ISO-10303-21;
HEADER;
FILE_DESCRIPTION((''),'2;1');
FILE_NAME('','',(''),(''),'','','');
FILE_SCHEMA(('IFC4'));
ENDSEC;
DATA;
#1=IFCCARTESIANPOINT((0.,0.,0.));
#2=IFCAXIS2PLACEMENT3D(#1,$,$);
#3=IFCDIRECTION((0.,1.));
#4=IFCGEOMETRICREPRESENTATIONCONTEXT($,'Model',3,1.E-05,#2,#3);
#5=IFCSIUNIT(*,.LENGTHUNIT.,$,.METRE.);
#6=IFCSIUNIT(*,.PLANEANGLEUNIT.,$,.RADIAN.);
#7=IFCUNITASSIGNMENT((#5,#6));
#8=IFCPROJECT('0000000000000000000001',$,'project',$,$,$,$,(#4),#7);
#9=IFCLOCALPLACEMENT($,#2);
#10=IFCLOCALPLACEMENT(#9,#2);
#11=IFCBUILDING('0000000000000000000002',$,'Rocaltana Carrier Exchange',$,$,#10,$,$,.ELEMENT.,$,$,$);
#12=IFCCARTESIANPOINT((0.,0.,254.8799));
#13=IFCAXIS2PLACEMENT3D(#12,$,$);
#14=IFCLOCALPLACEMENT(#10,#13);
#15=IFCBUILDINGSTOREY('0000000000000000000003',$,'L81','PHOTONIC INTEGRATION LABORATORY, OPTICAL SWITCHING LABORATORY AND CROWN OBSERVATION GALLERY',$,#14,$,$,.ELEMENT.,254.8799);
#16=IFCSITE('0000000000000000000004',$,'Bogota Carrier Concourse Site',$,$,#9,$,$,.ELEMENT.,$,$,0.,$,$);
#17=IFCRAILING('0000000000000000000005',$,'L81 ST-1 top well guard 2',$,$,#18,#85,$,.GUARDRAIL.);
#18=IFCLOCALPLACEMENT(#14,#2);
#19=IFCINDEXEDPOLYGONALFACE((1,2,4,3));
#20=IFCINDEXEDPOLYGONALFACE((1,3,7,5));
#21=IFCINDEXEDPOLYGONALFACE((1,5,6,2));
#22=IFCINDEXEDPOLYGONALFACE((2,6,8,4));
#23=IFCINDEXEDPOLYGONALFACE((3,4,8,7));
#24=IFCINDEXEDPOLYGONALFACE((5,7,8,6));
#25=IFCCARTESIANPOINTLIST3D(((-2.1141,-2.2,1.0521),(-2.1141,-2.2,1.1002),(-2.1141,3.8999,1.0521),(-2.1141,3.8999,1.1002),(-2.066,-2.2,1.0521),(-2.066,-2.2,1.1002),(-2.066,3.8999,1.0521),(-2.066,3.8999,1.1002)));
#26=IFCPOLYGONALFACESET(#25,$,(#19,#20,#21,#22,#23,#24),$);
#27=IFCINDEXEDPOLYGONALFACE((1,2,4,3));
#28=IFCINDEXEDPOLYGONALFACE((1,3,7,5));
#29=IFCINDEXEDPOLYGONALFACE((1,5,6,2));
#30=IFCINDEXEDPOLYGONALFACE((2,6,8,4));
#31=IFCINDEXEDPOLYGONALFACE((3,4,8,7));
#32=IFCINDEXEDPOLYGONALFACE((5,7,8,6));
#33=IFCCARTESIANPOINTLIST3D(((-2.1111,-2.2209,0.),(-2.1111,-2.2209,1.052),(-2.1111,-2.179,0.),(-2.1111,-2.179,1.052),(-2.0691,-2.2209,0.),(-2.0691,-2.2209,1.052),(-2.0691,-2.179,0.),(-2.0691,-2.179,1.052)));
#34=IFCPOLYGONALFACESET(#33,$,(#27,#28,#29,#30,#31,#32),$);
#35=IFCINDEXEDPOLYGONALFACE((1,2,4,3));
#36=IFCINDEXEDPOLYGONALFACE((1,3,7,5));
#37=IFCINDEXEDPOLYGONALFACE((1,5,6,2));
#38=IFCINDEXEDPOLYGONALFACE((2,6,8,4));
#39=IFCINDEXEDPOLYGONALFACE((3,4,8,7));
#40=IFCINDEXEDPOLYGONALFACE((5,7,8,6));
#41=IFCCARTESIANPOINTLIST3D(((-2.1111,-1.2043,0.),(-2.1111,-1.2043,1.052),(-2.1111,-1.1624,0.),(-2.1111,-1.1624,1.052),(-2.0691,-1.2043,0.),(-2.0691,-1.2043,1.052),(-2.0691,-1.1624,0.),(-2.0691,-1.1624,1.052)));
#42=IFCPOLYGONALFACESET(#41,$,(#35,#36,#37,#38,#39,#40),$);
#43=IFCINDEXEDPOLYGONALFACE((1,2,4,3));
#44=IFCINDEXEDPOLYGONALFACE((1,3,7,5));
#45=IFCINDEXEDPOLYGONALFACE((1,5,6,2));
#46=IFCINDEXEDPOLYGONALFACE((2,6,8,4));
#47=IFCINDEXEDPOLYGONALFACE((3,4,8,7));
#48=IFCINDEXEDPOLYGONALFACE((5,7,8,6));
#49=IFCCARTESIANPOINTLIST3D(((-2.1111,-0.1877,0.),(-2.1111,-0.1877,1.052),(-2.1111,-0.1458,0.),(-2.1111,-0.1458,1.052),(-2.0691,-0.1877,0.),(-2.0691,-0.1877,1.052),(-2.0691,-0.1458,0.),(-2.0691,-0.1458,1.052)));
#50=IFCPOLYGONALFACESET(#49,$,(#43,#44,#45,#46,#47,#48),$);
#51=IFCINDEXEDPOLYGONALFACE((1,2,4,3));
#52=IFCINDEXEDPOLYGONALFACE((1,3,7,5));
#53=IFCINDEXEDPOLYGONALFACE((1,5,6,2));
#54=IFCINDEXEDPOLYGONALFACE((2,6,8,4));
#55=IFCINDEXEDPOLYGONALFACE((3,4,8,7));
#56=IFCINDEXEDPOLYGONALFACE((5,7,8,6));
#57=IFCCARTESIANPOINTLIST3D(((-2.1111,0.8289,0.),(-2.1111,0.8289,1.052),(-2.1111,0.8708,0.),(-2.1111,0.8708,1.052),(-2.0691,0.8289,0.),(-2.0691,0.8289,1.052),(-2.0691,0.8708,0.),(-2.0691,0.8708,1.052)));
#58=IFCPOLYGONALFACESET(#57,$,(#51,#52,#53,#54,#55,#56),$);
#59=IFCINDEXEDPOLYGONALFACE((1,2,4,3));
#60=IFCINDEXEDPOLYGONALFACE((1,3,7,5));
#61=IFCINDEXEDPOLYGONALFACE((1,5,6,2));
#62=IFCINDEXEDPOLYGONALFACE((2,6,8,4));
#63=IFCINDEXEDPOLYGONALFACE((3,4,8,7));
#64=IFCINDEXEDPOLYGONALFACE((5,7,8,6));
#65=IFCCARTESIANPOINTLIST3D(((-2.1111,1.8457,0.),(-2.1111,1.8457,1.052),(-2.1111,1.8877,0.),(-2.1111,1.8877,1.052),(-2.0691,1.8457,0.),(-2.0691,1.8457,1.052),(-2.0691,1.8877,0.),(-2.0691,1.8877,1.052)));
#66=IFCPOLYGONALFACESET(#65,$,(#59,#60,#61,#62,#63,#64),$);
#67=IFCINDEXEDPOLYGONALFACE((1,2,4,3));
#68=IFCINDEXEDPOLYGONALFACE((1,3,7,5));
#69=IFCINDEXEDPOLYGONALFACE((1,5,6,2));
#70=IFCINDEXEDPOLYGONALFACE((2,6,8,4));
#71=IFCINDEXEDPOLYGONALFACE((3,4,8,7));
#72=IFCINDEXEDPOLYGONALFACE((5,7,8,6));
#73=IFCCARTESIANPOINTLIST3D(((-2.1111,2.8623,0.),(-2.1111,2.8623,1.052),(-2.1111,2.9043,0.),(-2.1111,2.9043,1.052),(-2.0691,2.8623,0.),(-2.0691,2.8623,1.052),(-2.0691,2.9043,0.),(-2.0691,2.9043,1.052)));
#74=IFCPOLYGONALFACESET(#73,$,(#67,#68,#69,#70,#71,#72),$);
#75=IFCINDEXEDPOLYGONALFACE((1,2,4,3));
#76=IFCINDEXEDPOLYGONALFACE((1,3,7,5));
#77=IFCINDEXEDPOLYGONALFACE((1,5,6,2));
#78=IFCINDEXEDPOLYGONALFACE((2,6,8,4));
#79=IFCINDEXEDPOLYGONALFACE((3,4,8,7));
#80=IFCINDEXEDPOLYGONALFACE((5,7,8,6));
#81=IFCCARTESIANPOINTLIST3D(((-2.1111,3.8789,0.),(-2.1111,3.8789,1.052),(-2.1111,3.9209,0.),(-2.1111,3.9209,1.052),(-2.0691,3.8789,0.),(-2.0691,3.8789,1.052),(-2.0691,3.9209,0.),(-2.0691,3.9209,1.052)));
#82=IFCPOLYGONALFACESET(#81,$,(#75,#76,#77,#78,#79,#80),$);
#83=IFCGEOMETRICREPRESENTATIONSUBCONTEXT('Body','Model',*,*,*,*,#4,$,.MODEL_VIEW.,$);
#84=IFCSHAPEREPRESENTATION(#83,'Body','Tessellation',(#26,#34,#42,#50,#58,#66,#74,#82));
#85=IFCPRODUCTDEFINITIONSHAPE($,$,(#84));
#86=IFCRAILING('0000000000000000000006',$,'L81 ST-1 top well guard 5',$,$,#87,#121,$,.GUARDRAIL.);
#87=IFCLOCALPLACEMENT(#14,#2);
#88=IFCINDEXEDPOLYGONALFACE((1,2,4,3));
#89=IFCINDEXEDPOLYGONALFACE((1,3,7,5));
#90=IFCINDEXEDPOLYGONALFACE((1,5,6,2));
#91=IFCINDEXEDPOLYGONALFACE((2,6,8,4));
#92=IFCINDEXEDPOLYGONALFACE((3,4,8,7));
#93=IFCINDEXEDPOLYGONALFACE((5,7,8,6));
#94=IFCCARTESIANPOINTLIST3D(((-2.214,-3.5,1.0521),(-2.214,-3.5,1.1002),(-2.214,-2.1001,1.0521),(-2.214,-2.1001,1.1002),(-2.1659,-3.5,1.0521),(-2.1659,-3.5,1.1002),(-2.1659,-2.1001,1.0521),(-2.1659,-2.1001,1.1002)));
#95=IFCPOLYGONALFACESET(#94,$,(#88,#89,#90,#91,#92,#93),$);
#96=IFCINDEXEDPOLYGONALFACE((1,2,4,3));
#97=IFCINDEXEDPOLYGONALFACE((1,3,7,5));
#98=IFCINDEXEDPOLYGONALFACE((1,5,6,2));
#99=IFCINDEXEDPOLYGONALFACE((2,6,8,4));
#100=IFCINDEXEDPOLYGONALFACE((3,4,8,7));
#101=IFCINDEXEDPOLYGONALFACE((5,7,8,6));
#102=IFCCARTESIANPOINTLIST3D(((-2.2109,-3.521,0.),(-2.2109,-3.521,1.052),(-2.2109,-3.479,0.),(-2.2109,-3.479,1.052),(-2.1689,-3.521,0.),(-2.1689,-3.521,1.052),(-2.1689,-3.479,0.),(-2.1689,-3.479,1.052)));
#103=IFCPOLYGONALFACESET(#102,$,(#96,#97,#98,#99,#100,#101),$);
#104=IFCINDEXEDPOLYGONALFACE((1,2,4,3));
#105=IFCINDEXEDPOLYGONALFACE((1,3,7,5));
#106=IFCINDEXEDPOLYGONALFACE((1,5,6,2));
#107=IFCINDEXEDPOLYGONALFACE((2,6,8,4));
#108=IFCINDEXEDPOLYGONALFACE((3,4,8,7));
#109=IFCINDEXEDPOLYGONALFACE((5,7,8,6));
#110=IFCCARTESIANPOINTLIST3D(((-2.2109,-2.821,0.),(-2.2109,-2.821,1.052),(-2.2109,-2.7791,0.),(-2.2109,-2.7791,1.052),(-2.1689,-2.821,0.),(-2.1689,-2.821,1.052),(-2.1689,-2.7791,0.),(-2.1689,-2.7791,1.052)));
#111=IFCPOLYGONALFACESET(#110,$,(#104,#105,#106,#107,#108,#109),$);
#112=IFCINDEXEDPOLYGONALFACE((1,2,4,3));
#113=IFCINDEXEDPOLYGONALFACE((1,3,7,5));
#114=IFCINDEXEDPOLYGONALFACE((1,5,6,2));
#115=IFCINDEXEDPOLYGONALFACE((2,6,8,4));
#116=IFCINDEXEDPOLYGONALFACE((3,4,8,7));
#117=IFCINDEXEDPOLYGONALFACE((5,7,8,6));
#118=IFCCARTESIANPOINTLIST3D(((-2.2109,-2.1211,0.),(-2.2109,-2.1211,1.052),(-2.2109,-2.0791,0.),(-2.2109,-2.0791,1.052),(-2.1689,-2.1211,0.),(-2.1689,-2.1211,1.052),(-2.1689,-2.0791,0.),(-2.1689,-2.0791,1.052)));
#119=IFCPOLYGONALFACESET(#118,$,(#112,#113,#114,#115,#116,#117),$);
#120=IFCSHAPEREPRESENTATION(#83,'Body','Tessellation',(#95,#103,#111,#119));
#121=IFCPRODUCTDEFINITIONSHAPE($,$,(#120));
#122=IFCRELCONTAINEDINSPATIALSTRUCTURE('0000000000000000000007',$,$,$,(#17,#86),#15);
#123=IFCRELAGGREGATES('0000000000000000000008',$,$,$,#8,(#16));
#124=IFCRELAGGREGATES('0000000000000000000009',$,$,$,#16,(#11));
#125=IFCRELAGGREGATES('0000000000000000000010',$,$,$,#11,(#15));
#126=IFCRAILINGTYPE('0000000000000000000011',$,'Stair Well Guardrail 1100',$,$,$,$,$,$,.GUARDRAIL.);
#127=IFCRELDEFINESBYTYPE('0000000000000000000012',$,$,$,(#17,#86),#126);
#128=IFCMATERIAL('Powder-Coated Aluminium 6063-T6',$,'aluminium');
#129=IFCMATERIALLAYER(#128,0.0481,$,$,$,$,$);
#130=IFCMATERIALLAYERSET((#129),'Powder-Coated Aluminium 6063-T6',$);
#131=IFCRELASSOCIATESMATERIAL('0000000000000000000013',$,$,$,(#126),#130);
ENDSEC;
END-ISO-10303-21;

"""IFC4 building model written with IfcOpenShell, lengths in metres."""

from ifc_helpers import new_model, si_unit, direction, frame, origin, origin_2d, place, context, subcontext, project, spatial, rectangle, extrude, material, layer, layer_set, type_object, element, save


model = new_model("IFC4")

# Units and contexts
model_context = context("Model", 3, precision=1e-05, world=origin(), true_north=direction((0.0, 1.0)))
body_context = subcontext(model_context, "Body", "Model", "MODEL_VIEW")
ifc_project = project(units=[si_unit("LENGTHUNIT", "METRE"), si_unit("PLANEANGLEUNIT", "RADIAN")], contexts=[model_context])

# Site, building, storey
site_placement = place(None, origin())
site = spatial("IfcSite", under=ifc_project, at=site_placement, Name="Bogota Carrier Concourse Site", CompositionType="ELEMENT", RefElevation=0.0)
building_placement = place(site_placement, origin())
building = spatial("IfcBuilding", under=site, at=building_placement, Name="Rocaltana Carrier Exchange", CompositionType="ELEMENT")
storey_placement = place(building_placement, frame((0.0, 0.0, 254.8799)))
storey = spatial("IfcBuildingStorey", under=building, at=storey_placement, Name="L81", Description="PHOTONIC INTEGRATION LABORATORY, OPTICAL SWITCHING LABORATORY AND CROWN OBSERVATION GALLERY", CompositionType="ELEMENT", Elevation=254.8799)

# Railings
ifc_material_1 = material(Name="Powder-Coated Aluminium 6063-T6", Category="aluminium")
ifc_layer_1 = layer(ifc_material_1, 0.0481)
ifc_layer_set_1 = layer_set([ifc_layer_1], Name="Powder-Coated Aluminium 6063-T6")
railing_type = type_object("IfcRailingType", Name="Stair Well Guardrail 1100", PredefinedType="GUARDRAIL", material=ifc_layer_set_1)
railing_1_placement = place(storey_placement, frame((-2.0901, -2.2, 0.0)))
element("IfcRailing", 1, at=railing_1_placement, inside=storey, type_object=railing_type, Name="L81 ST-1 top well guard 2", PredefinedType="GUARDRAIL", context=body_context, shape_type="SweptSolid", body=[
    extrude(rectangle(XDim=0.0481, YDim=0.0481, at=origin_2d()), frame((0.0, 0.0, 1.0762), z_axis=(0.0, 1.0, 0.0), x_axis=(-1.0, 0.0, 0.0)), (0.0, 0.0, 1.0), 6.0999),
    extrude(rectangle(XDim=0.042, YDim=0.042, at=origin_2d()), origin(), (0.0, 0.0, 1.0), 1.052),
    extrude(rectangle(XDim=0.042, YDim=0.042, at=origin_2d()), frame((0.0, 1.0166, 0.0)), (0.0, 0.0, 1.0), 1.052),
    extrude(rectangle(XDim=0.042, YDim=0.042, at=origin_2d()), frame((0.0, 2.0332, 0.0)), (0.0, 0.0, 1.0), 1.052),
    extrude(rectangle(XDim=0.042, YDim=0.042, at=origin_2d()), frame((0.0, 3.0498, 0.0)), (0.0, 0.0, 1.0), 1.052),
    extrude(rectangle(XDim=0.042, YDim=0.042, at=origin_2d()), frame((0.0, 4.0667, 0.0)), (0.0, 0.0, 1.0), 1.052),
    extrude(rectangle(XDim=0.042, YDim=0.042, at=origin_2d()), frame((0.0, 5.0833, 0.0)), (0.0, 0.0, 1.0), 1.052),
    extrude(rectangle(XDim=0.042, YDim=0.042, at=origin_2d()), frame((0.0, 6.0999, 0.0)), (0.0, 0.0, 1.0), 1.052),
])
railing_2_placement = place(storey_placement, frame((-2.1899, -3.5, 0.0)))
element("IfcRailing", 2, at=railing_2_placement, inside=storey, type_object=railing_type, Name="L81 ST-1 top well guard 5", PredefinedType="GUARDRAIL", context=body_context, shape_type="SweptSolid", body=[
    extrude(rectangle(XDim=0.0481, YDim=0.0481, at=origin_2d()), frame((0.0, 0.0, 1.0762), z_axis=(0.0, 1.0, 0.0), x_axis=(-1.0, 0.0, 0.0)), (0.0, 0.0, 1.0), 1.3999),
    extrude(rectangle(XDim=0.042, YDim=0.042, at=origin_2d()), origin(), (0.0, 0.0, 1.0), 1.052),
    extrude(rectangle(XDim=0.042, YDim=0.042, at=origin_2d()), frame((0.0, 0.7, 0.0)), (0.0, 0.0, 1.0), 1.052),
    extrude(rectangle(XDim=0.042, YDim=0.042, at=origin_2d()), frame((0.0, 1.3999, 0.0)), (0.0, 0.0, 1.0), 1.052),
])

save(model, "model.ifc")
